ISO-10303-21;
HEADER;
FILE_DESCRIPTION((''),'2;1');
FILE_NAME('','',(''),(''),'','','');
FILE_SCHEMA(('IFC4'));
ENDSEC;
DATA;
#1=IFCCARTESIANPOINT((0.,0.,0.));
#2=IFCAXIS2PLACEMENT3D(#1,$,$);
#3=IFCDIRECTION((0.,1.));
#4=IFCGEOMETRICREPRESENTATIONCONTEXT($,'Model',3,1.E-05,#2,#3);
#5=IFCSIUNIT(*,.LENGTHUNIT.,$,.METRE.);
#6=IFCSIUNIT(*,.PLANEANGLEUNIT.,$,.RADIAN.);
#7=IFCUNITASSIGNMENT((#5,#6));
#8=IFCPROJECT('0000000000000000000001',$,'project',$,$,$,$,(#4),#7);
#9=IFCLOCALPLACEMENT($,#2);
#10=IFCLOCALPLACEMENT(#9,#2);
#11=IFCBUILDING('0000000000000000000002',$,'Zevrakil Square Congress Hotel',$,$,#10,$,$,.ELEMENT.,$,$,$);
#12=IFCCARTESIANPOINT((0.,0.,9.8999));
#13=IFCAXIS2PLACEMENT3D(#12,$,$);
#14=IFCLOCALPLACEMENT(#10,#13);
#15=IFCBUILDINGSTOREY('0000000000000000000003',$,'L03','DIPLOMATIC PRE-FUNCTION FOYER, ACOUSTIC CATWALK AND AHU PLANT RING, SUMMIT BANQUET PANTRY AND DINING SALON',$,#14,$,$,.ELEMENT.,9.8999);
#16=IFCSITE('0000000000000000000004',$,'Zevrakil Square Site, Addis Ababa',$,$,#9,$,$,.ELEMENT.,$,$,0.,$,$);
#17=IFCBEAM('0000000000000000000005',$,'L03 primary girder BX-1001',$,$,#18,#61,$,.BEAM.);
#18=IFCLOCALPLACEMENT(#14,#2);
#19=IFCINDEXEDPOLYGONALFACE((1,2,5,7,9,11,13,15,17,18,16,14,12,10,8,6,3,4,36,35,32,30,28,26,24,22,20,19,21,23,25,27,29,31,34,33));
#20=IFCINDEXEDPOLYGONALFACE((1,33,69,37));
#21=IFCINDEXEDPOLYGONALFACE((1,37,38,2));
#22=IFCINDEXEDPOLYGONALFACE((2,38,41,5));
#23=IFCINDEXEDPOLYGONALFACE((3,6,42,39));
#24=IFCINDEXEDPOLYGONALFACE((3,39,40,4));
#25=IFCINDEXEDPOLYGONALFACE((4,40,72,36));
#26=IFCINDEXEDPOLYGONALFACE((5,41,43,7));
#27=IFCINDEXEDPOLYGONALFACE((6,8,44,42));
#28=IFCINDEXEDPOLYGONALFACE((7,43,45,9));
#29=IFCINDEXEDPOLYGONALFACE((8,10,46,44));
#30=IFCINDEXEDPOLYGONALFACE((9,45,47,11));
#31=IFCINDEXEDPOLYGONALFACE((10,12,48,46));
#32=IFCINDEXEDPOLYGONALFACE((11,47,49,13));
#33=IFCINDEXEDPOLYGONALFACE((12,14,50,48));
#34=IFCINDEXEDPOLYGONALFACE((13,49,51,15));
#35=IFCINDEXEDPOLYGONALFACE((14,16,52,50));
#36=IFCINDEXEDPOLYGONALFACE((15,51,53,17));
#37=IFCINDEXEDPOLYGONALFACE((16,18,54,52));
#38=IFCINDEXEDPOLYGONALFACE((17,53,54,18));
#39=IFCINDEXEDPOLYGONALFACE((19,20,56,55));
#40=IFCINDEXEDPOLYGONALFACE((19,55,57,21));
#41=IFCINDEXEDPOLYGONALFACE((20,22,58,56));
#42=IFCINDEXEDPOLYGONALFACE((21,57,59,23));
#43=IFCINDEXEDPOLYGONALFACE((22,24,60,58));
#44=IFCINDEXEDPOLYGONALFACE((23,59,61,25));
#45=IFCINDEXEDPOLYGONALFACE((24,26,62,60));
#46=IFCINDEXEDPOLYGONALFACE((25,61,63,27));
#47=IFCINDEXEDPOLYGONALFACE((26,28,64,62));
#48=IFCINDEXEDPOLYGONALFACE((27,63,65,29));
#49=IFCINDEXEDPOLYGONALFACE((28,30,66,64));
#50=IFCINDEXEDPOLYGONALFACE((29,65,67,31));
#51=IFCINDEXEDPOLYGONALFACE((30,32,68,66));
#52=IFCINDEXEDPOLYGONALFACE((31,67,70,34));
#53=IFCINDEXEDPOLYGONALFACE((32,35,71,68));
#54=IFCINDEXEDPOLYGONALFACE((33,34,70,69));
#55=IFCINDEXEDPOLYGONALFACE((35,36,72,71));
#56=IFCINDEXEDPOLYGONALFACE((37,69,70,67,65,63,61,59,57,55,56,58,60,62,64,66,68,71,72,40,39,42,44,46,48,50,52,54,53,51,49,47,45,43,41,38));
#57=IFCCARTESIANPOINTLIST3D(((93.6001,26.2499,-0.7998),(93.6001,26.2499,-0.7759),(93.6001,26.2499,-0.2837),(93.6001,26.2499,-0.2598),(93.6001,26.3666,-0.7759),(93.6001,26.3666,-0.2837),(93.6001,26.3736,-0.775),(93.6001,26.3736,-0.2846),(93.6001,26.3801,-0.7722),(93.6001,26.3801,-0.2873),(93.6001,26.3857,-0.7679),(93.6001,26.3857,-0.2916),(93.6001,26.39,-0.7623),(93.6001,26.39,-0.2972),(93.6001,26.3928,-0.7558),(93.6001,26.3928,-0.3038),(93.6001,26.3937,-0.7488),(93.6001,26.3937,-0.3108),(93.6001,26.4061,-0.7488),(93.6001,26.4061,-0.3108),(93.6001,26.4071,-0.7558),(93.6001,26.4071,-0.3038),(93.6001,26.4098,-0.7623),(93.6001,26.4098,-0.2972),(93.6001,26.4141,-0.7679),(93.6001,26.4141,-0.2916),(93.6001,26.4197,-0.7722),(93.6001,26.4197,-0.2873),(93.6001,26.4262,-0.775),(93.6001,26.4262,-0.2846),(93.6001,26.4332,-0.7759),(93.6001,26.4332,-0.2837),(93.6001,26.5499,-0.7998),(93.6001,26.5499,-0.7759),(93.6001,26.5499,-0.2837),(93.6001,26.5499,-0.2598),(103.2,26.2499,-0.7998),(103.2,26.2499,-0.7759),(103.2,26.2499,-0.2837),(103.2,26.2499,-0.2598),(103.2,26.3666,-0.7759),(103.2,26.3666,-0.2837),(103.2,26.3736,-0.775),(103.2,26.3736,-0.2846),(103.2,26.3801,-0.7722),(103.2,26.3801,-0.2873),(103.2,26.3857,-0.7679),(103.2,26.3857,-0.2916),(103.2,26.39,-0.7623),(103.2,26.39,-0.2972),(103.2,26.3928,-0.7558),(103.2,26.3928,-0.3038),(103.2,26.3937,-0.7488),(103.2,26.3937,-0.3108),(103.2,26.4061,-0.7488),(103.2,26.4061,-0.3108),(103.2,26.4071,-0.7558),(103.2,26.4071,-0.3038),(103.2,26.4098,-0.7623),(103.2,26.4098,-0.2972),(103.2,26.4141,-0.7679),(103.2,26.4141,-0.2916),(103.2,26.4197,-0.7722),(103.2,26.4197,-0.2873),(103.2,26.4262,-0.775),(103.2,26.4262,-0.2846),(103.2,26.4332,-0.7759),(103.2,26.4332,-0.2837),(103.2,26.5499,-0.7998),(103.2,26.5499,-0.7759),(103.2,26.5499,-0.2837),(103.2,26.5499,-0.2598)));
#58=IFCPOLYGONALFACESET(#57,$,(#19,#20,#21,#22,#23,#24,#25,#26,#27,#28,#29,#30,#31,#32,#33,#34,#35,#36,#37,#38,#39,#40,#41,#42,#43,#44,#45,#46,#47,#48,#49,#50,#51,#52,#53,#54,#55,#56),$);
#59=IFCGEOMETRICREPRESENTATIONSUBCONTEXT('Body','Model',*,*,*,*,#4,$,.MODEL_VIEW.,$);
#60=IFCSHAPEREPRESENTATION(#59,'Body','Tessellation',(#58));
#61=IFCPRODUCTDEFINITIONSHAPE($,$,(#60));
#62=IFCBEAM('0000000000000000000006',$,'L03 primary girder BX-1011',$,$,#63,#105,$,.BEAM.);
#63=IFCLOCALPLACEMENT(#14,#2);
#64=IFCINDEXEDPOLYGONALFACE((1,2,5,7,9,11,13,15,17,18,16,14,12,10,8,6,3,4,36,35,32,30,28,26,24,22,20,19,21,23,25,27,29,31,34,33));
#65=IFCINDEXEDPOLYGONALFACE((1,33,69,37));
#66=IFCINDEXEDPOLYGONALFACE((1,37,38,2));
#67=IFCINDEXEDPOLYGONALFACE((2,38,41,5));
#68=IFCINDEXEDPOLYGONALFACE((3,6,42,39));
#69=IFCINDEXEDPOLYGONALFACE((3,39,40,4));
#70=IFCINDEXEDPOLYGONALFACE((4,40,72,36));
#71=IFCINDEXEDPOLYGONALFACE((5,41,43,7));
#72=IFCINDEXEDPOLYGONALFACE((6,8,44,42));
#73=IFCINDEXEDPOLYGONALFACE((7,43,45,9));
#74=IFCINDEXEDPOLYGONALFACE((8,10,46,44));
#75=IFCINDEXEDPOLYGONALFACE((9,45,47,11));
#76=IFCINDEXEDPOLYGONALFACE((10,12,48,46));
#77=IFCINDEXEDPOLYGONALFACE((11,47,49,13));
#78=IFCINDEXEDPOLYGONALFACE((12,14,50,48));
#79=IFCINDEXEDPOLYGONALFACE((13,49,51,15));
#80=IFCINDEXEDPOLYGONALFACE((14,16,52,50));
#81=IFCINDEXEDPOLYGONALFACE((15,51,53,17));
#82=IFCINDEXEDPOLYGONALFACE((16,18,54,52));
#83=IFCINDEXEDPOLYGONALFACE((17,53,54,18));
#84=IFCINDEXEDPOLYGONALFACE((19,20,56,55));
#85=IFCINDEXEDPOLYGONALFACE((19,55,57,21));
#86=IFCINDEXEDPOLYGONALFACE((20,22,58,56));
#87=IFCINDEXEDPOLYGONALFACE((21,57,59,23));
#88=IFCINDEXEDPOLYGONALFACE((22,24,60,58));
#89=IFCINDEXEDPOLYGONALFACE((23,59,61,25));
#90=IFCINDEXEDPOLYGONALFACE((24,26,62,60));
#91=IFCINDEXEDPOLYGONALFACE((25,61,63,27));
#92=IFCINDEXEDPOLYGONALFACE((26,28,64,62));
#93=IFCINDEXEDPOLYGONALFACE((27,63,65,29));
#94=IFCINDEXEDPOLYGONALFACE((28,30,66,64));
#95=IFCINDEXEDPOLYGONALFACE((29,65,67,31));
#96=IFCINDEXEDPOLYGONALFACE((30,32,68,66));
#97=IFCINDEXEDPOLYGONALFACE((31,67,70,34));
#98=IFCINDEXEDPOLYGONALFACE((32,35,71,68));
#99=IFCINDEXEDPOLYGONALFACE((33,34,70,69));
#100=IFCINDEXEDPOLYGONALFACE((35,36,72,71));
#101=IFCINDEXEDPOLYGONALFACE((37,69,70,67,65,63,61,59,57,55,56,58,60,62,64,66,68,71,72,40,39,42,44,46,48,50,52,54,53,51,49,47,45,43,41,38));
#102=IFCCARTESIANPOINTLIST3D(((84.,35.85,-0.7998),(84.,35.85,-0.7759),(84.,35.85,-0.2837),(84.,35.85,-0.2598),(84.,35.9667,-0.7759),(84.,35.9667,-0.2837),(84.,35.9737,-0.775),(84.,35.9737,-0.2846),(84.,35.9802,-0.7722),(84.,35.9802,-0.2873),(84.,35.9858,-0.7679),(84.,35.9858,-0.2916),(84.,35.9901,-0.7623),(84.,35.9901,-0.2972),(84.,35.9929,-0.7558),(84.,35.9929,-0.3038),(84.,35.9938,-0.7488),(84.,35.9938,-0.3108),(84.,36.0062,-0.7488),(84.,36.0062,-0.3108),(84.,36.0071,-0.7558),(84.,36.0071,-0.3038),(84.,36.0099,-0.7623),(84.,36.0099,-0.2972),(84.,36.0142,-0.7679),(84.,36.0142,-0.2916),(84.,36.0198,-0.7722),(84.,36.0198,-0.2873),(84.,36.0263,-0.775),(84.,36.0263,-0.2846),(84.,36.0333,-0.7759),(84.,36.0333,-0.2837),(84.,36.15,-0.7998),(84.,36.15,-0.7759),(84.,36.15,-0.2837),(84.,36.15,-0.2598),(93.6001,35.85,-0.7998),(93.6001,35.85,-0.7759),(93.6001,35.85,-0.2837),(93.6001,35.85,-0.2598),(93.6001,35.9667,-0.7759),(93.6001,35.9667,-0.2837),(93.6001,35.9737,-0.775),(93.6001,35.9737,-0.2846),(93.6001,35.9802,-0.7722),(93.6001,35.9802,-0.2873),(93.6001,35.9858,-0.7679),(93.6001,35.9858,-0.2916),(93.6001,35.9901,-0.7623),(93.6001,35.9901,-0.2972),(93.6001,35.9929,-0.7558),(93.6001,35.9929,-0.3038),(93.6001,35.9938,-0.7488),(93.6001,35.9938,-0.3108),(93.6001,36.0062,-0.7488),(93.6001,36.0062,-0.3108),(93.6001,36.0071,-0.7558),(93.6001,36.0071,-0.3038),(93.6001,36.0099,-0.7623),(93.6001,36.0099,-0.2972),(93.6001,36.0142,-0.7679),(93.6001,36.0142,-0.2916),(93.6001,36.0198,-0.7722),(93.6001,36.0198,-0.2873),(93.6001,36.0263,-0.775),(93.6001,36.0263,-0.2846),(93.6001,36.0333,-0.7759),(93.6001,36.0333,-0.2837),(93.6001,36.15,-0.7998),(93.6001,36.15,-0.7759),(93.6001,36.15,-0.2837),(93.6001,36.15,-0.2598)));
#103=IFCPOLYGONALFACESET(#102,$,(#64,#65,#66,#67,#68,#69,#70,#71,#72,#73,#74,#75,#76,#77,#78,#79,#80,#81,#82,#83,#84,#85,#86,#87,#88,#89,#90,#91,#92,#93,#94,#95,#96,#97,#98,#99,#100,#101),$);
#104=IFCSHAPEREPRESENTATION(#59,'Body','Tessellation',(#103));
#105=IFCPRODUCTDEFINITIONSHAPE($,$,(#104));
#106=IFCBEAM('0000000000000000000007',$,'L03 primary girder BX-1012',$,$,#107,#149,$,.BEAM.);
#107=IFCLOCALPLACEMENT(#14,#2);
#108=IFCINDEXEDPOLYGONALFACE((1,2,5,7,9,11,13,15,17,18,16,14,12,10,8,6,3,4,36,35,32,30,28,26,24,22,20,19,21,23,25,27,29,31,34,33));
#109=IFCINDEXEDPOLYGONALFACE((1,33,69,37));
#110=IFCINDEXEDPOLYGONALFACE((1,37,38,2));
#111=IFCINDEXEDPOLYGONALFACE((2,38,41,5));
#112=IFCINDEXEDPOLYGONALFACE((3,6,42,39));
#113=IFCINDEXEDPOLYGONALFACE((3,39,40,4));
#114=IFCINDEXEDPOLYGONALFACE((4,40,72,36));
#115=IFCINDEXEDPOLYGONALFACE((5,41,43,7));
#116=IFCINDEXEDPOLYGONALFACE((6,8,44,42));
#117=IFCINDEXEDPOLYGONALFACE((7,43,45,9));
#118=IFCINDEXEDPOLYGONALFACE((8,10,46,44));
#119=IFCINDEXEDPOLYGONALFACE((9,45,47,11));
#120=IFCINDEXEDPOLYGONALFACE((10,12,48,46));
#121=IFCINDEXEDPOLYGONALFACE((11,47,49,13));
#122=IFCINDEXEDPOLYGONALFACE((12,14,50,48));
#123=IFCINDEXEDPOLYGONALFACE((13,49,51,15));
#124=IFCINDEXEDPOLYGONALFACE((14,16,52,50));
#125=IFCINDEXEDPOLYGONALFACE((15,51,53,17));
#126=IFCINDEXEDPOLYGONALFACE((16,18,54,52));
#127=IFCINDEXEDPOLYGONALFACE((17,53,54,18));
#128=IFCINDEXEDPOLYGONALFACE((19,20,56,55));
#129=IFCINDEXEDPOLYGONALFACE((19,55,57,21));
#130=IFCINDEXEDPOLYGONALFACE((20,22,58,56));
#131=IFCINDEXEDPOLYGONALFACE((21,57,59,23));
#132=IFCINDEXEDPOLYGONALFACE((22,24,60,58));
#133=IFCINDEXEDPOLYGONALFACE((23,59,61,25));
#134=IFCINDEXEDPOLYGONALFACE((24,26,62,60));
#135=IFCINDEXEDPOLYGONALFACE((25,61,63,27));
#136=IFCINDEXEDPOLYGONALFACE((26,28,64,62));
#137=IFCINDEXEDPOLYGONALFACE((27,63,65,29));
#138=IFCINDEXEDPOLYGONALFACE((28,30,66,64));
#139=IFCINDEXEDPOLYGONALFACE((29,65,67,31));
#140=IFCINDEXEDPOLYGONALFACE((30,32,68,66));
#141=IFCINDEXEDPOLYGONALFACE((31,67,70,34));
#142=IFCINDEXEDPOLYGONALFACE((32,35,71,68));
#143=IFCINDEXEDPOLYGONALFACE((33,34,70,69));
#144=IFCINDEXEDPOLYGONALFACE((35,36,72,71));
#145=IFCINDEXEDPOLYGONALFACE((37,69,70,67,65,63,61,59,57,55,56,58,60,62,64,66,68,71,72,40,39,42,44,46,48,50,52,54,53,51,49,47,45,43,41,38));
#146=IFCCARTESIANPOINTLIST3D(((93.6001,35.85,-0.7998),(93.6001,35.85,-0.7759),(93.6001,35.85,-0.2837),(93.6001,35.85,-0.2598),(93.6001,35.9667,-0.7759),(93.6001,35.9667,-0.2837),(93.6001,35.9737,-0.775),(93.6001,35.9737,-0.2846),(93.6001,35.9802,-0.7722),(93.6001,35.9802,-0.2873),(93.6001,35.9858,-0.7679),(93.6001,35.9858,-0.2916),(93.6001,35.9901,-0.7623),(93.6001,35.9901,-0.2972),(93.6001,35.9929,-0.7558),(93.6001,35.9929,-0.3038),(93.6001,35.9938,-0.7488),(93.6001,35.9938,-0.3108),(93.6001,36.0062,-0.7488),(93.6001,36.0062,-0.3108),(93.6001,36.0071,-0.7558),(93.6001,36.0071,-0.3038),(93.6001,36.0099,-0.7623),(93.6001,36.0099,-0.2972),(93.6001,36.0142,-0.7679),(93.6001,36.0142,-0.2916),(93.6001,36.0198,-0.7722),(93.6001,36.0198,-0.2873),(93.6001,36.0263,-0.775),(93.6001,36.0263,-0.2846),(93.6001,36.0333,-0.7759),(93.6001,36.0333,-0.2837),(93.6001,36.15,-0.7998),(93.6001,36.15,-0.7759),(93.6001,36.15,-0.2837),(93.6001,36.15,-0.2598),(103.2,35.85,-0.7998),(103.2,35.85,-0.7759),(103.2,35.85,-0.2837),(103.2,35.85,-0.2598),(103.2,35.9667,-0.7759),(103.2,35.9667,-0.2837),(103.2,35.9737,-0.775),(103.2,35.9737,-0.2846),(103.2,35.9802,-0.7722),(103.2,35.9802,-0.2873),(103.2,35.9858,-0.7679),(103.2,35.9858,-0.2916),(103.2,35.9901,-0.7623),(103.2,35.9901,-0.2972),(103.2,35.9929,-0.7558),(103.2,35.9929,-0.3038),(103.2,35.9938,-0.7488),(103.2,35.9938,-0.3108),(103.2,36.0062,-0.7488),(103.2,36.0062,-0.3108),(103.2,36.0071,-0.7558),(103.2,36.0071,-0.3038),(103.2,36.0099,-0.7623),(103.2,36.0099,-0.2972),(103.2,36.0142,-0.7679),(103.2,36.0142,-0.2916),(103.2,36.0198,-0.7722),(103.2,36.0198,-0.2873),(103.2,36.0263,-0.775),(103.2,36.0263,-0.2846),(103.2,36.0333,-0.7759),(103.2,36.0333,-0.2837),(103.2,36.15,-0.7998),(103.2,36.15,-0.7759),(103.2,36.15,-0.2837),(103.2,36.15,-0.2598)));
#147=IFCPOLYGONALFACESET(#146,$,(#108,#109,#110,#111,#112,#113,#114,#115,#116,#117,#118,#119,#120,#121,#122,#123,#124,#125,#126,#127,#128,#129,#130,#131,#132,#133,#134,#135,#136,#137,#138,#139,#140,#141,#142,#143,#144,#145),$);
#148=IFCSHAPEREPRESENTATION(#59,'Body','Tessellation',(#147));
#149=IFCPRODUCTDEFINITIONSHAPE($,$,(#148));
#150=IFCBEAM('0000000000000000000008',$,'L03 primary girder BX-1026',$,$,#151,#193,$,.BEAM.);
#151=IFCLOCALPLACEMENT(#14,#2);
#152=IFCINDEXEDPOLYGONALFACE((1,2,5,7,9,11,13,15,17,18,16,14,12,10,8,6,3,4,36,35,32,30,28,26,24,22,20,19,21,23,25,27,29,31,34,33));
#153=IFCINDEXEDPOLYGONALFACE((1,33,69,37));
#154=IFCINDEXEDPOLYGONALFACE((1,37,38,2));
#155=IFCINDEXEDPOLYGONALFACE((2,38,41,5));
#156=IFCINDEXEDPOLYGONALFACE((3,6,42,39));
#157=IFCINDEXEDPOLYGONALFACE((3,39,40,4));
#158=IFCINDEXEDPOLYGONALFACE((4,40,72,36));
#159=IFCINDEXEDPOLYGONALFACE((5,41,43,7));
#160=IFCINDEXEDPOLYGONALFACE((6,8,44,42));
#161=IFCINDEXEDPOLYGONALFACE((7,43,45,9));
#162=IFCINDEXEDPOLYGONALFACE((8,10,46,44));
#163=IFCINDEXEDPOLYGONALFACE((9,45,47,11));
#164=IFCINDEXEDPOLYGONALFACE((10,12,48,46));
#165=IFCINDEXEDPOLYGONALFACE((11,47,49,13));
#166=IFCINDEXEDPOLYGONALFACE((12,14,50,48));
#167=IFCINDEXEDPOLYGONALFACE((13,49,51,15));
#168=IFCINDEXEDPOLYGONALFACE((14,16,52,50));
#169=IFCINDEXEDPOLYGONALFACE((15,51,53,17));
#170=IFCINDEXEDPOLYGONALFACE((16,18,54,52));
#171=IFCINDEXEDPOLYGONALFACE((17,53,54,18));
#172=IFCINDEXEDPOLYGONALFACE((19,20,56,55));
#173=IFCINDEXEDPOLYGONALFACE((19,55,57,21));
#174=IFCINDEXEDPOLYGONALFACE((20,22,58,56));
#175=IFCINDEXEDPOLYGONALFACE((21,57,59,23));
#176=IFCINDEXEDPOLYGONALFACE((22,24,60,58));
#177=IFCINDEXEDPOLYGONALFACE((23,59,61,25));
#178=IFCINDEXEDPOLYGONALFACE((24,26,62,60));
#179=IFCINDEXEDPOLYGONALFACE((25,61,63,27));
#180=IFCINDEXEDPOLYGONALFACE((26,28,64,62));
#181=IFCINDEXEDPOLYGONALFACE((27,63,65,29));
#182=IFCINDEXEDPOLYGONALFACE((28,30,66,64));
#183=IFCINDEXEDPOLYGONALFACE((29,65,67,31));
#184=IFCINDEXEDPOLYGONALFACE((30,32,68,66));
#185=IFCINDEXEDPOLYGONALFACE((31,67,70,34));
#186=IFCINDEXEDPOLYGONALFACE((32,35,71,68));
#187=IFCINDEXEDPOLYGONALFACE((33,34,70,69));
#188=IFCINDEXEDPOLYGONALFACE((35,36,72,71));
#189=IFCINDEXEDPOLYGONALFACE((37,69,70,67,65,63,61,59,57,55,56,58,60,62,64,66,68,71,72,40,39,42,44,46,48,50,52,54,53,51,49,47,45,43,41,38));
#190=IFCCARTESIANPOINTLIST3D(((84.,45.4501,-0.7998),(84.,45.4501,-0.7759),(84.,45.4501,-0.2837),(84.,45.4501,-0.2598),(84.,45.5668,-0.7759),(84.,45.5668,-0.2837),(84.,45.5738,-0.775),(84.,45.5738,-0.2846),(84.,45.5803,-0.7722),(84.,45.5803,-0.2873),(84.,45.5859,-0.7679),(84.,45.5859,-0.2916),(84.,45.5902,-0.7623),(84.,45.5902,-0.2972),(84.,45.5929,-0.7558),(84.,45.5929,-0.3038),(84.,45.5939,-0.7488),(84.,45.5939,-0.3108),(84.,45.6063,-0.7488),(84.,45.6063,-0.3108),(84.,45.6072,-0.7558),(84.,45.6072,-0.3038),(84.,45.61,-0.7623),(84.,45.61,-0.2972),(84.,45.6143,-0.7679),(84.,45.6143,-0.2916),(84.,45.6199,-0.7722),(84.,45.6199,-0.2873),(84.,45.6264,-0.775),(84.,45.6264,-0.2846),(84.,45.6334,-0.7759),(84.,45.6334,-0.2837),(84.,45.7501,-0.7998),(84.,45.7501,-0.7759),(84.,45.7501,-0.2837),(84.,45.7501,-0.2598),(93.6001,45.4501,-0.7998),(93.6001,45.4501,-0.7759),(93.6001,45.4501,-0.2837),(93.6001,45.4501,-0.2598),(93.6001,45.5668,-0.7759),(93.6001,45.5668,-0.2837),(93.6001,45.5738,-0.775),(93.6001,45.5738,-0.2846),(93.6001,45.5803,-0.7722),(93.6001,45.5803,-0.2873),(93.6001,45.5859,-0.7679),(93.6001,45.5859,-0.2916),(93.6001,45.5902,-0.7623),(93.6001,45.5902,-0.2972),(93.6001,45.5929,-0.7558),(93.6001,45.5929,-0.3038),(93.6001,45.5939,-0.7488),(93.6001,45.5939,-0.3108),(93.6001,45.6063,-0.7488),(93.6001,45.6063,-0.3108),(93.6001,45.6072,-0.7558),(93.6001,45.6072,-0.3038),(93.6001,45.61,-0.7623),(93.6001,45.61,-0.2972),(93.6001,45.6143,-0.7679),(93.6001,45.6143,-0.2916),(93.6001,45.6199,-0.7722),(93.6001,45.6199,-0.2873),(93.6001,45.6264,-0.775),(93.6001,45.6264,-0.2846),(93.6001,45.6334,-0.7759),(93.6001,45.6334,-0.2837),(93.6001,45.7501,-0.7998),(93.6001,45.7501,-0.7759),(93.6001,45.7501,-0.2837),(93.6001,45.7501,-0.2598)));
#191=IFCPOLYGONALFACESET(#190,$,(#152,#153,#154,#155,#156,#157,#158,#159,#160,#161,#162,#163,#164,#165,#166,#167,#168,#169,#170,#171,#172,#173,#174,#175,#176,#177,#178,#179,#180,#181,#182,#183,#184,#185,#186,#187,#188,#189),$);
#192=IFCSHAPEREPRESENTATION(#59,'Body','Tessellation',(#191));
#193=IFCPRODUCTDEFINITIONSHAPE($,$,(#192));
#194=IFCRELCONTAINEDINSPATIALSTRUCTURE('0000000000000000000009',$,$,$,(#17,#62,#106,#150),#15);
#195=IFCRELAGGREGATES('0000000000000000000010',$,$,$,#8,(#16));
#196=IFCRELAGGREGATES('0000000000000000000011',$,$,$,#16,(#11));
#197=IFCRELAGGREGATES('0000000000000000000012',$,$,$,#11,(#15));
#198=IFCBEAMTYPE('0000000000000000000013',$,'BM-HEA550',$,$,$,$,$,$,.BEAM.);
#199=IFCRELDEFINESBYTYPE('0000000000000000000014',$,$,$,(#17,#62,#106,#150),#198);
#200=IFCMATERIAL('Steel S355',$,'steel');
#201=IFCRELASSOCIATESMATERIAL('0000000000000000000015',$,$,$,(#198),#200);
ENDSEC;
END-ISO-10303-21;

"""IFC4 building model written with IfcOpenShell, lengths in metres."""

from ifc_helpers import new_model, si_unit, direction, frame, origin, origin_2d, place, context, subcontext, project, spatial, i_section, extrude, material, material_profile, profile_set, type_object, element, save


model = new_model("IFC4")

# Units and contexts
model_context = context("Model", 3, precision=1e-05, world=origin(), true_north=direction((0.0, 1.0)))
body_context = subcontext(model_context, "Body", "Model", "MODEL_VIEW")
ifc_project = project(units=[si_unit("LENGTHUNIT", "METRE"), si_unit("PLANEANGLEUNIT", "RADIAN")], contexts=[model_context])

# Site, building, storey
site_placement = place(None, origin())
site = spatial("IfcSite", under=ifc_project, at=site_placement, Name="Zevrakil Square Site, Addis Ababa", CompositionType="ELEMENT", RefElevation=0.0)
building_placement = place(site_placement, origin())
building = spatial("IfcBuilding", under=site, at=building_placement, Name="Zevrakil Square Congress Hotel", CompositionType="ELEMENT")
storey_placement = place(building_placement, frame((0.0, 0.0, 9.8999)))
storey = spatial("IfcBuildingStorey", under=building, at=storey_placement, Name="L03", Description="DIPLOMATIC PRE-FUNCTION FOYER, ACOUSTIC CATWALK AND AHU PLANT RING, SUMMIT BANQUET PANTRY AND DINING SALON", CompositionType="ELEMENT", Elevation=9.8999)

# Beams
ifc_material_1 = material(Name="Steel S355", Category="steel")
ifc_material_profile_1 = material_profile(ifc_material_1, i_section(OverallWidth=0.3, OverallDepth=0.54, WebThickness=0.0125, FlangeThickness=0.0239, FilletRadius=0.0271, at=origin_2d()), Name="HEA 550")
ifc_profile_set_1 = profile_set([ifc_material_profile_1], Name="Steel S355")
beam_type_1 = type_object("IfcBeamType", Name="BM-HEA550", PredefinedType="BEAM", material=ifc_profile_set_1)
beam_1_placement = place(storey_placement, frame((93.6001, 26.3999, -0.5298), z_axis=(1.0, 0.0, 0.0), x_axis=(0.0, 1.0, 0.0)))
element("IfcBeam", 1, at=beam_1_placement, inside=storey, type_object=beam_type_1, Name="L03 primary girder BX-1001", PredefinedType="BEAM", context=body_context, shape_type="SweptSolid", body=[
    extrude(i_section(OverallWidth=0.3, OverallDepth=0.54, WebThickness=0.0125, FlangeThickness=0.0239, FilletRadius=0.0271, at=origin_2d()), origin(), (0.0, 0.0, 1.0), 9.5999),
])
beam_2_placement = place(storey_placement, frame((84.0, 36.0, -0.5298), z_axis=(1.0, 0.0, 0.0), x_axis=(0.0, 1.0, 0.0)))
element("IfcBeam", 2, at=beam_2_placement, inside=storey, type_object=beam_type_1, Name="L03 primary girder BX-1011", PredefinedType="BEAM", context=body_context, shape_type="SweptSolid", body=[
    extrude(i_section(OverallWidth=0.3, OverallDepth=0.54, WebThickness=0.0125, FlangeThickness=0.0239, FilletRadius=0.0271, at=origin_2d()), origin(), (0.0, 0.0, 1.0), 9.6001),
])
beam_3_placement = place(storey_placement, frame((93.6001, 36.0, -0.5298), z_axis=(1.0, 0.0, 0.0), x_axis=(0.0, 1.0, 0.0)))
element("IfcBeam", 3, at=beam_3_placement, inside=storey, type_object=beam_type_1, Name="L03 primary girder BX-1012", PredefinedType="BEAM", context=body_context, shape_type="SweptSolid", body=[
    extrude(i_section(OverallWidth=0.3, OverallDepth=0.54, WebThickness=0.0125, FlangeThickness=0.0239, FilletRadius=0.0271, at=origin_2d()), origin(), (0.0, 0.0, 1.0), 9.5999),
])
beam_4_placement = place(storey_placement, frame((84.0, 45.6001, -0.5298), z_axis=(1.0, 0.0, 0.0), x_axis=(0.0, 1.0, 0.0)))
element("IfcBeam", 4, at=beam_4_placement, inside=storey, type_object=beam_type_1, Name="L03 primary girder BX-1026", PredefinedType="BEAM", context=body_context, shape_type="SweptSolid", body=[
    extrude(i_section(OverallWidth=0.3, OverallDepth=0.54, WebThickness=0.0125, FlangeThickness=0.0239, FilletRadius=0.0271, at=origin_2d()), origin(), (0.0, 0.0, 1.0), 9.6001),
])

save(model, "model.ifc")
